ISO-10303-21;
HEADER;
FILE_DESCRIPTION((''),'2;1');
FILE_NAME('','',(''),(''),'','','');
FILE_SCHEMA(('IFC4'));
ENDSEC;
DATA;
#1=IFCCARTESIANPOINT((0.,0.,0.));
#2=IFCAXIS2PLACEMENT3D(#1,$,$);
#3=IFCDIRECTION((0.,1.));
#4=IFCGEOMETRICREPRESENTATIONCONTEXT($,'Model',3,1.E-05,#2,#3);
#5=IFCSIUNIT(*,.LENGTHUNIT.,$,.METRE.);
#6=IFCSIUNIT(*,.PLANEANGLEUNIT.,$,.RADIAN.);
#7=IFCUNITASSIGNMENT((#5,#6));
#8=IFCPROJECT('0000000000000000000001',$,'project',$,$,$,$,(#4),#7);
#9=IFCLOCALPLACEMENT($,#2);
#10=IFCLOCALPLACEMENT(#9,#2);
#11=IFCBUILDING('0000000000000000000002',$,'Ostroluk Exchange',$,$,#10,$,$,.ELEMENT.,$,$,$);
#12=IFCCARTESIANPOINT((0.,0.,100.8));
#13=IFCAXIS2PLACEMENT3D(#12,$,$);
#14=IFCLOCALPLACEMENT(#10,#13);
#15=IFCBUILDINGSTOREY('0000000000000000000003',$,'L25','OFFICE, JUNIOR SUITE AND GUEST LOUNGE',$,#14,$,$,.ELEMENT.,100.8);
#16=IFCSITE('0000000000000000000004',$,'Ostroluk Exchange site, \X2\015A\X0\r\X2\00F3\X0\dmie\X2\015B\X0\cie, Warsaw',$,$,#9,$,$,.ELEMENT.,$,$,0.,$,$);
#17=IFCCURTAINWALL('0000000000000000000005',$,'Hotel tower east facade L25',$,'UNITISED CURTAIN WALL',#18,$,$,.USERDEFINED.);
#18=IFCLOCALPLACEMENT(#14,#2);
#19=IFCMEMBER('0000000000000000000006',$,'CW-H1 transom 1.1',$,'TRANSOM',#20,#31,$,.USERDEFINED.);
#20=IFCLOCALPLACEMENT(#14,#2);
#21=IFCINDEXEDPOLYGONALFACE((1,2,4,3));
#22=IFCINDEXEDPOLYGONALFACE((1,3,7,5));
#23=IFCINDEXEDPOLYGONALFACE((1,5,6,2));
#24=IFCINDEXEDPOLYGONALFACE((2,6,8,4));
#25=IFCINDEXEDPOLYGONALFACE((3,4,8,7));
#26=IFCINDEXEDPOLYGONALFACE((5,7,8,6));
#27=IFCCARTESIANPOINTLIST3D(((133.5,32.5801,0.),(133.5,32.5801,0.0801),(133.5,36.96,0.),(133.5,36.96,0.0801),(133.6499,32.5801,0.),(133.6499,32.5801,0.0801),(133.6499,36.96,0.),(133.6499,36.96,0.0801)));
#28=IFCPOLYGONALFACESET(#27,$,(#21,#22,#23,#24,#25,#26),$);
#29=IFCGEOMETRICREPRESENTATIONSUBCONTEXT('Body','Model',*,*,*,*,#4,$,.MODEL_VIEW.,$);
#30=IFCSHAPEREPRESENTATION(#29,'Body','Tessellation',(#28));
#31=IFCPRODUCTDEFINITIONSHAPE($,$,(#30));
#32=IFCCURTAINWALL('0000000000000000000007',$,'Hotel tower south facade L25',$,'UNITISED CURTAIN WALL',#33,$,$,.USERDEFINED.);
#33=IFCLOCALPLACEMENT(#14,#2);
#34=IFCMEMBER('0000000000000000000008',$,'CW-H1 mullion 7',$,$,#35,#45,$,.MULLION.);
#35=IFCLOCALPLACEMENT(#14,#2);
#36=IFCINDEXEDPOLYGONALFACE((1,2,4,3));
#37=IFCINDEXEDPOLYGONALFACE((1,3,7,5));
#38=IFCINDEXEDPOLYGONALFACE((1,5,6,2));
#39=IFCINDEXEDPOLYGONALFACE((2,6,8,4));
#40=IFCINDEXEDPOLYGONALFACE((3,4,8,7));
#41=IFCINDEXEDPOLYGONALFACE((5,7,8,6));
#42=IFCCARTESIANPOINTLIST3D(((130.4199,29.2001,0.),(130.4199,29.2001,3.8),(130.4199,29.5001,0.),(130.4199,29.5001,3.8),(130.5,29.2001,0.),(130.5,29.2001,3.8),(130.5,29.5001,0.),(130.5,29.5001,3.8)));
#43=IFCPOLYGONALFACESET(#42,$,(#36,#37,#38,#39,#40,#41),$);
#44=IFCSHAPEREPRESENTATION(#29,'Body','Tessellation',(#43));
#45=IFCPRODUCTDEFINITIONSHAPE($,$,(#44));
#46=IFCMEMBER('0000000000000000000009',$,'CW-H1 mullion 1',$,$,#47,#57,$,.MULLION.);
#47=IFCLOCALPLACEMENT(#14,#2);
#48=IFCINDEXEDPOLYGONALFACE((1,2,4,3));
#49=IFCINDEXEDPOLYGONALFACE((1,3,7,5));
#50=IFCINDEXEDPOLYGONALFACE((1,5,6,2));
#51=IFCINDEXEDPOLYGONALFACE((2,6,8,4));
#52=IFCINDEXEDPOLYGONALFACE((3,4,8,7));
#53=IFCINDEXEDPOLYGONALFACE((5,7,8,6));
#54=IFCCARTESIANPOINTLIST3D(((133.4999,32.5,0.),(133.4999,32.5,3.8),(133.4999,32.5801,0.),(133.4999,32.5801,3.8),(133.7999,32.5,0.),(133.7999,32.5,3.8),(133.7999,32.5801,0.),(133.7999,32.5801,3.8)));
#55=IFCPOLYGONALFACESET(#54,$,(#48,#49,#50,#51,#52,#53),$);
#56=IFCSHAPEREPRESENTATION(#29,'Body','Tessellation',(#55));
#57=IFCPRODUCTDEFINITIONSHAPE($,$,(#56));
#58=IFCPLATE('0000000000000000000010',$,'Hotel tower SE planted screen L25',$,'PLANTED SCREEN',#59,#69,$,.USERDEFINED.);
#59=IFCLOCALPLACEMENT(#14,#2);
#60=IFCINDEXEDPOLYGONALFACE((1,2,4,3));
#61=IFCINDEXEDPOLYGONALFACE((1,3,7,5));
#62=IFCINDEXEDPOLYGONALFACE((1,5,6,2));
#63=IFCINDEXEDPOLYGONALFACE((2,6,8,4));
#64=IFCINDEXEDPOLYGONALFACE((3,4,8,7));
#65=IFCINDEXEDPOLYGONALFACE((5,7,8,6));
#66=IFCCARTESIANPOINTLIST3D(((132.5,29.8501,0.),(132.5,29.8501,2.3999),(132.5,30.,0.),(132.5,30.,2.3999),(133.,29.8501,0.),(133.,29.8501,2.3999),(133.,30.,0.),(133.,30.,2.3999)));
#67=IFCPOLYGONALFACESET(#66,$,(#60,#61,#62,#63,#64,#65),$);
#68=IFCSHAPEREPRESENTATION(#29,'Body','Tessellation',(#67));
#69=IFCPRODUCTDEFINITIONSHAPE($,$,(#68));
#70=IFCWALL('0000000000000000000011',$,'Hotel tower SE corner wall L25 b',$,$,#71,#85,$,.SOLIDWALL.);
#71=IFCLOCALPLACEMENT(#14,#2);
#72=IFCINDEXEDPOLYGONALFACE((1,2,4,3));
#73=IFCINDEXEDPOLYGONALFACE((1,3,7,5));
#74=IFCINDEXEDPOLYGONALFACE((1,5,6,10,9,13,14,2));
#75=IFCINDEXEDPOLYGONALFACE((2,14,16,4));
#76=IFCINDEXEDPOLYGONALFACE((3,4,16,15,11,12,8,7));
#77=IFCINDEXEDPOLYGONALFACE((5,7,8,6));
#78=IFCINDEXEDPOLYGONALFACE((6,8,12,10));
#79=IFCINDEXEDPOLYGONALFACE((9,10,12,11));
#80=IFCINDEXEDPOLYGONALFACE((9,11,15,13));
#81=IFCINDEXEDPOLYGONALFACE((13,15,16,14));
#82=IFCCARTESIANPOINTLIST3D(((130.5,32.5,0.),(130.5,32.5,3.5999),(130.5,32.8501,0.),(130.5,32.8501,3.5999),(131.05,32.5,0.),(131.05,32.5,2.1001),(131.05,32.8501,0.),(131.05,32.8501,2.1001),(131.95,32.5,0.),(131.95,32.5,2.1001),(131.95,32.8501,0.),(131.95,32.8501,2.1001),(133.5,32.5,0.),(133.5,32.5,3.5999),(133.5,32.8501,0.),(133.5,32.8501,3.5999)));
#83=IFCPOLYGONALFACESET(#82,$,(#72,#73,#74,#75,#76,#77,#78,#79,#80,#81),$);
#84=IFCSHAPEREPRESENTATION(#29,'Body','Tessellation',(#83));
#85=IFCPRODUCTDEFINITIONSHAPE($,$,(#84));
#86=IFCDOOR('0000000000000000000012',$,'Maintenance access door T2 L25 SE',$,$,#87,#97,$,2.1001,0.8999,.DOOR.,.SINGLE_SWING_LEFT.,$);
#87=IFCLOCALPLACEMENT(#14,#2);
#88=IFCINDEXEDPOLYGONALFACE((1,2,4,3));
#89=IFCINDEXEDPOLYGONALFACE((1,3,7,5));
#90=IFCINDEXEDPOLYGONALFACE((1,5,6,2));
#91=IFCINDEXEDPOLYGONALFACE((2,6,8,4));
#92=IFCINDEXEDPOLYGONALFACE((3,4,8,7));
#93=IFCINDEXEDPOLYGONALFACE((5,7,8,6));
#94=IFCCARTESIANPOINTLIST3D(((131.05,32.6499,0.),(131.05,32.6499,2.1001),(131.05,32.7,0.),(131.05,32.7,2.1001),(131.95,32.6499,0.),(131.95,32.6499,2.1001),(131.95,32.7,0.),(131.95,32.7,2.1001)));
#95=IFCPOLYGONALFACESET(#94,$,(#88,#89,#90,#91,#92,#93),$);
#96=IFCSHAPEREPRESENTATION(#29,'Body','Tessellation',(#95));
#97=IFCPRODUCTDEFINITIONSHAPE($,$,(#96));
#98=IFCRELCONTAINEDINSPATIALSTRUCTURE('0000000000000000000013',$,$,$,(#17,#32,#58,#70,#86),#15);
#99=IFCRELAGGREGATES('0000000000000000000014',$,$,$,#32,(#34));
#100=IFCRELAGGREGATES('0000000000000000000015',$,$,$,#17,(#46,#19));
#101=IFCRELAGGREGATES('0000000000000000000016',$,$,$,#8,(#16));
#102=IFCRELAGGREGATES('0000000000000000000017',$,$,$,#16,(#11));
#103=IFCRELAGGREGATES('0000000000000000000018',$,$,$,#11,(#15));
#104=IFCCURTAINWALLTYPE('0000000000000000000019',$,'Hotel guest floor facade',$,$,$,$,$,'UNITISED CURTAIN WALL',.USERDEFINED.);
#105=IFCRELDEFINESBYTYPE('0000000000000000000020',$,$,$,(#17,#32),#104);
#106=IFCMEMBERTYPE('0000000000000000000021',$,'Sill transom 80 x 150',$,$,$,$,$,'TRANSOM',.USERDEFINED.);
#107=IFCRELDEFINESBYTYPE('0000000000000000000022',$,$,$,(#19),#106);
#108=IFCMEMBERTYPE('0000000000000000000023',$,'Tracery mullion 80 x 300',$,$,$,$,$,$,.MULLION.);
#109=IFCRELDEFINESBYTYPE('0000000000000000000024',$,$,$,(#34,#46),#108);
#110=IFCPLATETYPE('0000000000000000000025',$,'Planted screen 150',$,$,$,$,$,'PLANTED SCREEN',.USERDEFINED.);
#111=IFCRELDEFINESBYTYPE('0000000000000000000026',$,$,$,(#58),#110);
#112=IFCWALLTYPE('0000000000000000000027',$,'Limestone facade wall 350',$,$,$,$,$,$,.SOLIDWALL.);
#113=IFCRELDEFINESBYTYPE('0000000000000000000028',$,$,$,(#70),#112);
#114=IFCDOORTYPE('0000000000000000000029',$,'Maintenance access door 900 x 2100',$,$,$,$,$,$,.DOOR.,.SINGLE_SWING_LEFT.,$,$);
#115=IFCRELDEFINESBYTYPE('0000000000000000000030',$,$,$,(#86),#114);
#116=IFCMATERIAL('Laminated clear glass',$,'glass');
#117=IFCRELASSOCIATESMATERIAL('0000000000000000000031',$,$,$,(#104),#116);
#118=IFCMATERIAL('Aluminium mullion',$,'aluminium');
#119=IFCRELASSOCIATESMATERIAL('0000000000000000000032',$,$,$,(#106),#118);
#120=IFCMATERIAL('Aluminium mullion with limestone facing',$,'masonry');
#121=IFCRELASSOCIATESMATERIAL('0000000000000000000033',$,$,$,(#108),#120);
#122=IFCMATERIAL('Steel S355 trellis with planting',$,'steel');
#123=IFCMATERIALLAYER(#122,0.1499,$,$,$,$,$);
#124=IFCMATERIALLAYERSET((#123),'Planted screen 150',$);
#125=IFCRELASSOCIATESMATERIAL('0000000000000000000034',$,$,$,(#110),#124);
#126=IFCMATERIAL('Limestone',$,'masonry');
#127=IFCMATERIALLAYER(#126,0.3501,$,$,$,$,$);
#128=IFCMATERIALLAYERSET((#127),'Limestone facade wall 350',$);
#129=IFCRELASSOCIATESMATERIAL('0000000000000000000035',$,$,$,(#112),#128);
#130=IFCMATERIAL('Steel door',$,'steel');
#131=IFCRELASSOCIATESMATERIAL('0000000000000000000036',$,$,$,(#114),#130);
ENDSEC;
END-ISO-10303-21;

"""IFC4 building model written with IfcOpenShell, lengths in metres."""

from ifc_helpers import new_model, si_unit, direction, frame, frame_2d, origin, origin_2d, place, context, subcontext, project, spatial, rectangle, extrude, material, layer, layer_set, material_profile, profile_set, type_object, element, fill, aggregate, save


model = new_model("IFC4")

# Units and contexts
model_context = context("Model", 3, precision=1e-05, world=origin(), true_north=direction((0.0, 1.0)))
body_context = subcontext(model_context, "Body", "Model", "MODEL_VIEW")
ifc_project = project(units=[si_unit("LENGTHUNIT", "METRE"), si_unit("PLANEANGLEUNIT", "RADIAN")], contexts=[model_context])

# Site, building, storey
site_placement = place(None, origin())
site = spatial("IfcSite", under=ifc_project, at=site_placement, Name="Ostroluk Exchange site, Śródmieście, Warsaw", CompositionType="ELEMENT", RefElevation=0.0)
building_placement = place(site_placement, origin())
building = spatial("IfcBuilding", under=site, at=building_placement, Name="Ostroluk Exchange", CompositionType="ELEMENT")
storey_placement = place(building_placement, frame((0.0, 0.0, 100.8)))
storey = spatial("IfcBuildingStorey", under=building, at=storey_placement, Name="L25", Description="OFFICE, JUNIOR SUITE AND GUEST LOUNGE", CompositionType="ELEMENT", Elevation=100.8)

# Curtain walls, members
ifc_material_1 = material(Name="Laminated clear glass", Category="glass")
curtain_wall_type = type_object("IfcCurtainWallType", Name="Hotel guest floor facade", ElementType="UNITISED CURTAIN WALL", PredefinedType="USERDEFINED", material=ifc_material_1)
curtain_wall_1_placement = place(storey_placement, origin())
curtain_wall_1 = element("IfcCurtainWall", 1, at=curtain_wall_1_placement, inside=storey, type_object=curtain_wall_type, Name="Hotel tower east facade L25", ObjectType="UNITISED CURTAIN WALL", PredefinedType="USERDEFINED")
ifc_material_2 = material(Name="Aluminium mullion", Category="aluminium")
ifc_material_profile_1 = material_profile(ifc_material_2, rectangle(XDim=0.1499, YDim=0.0801, at=origin_2d()), Name="Sill transom 80 x 150")
ifc_profile_set_1 = profile_set([ifc_material_profile_1], Name="Aluminium mullion")
member_type_1 = type_object("IfcMemberType", Name="Sill transom 80 x 150", ElementType="TRANSOM", PredefinedType="USERDEFINED", material=ifc_profile_set_1)
member_1_placement = place(storey_placement, frame((133.575, 32.5801, 0.04), z_axis=(0.0, 1.0, 0.0), x_axis=(-1.0, 0.0, 0.0)))
member_1 = element("IfcMember", 2, at=member_1_placement, type_object=member_type_1, Name="CW-H1 transom 1.1", ObjectType="TRANSOM", PredefinedType="USERDEFINED", context=body_context, shape_type="SweptSolid", body=[
    extrude(rectangle(XDim=0.1499, YDim=0.0801, at=origin_2d()), origin(), (0.0, 0.0, 1.0), 4.3799),
])
curtain_wall_2_placement = place(storey_placement, origin())
curtain_wall_2 = element("IfcCurtainWall", 3, at=curtain_wall_2_placement, inside=storey, type_object=curtain_wall_type, Name="Hotel tower south facade L25", ObjectType="UNITISED CURTAIN WALL", PredefinedType="USERDEFINED")
ifc_material_3 = material(Name="Aluminium mullion with limestone facing", Category="masonry")
ifc_material_profile_2 = material_profile(ifc_material_3, rectangle(XDim=0.3, YDim=0.0801, at=origin_2d()), Name="Tracery mullion 80 x 300")
ifc_profile_set_2 = profile_set([ifc_material_profile_2], Name="Aluminium mullion with limestone facing")
member_type_2 = type_object("IfcMemberType", Name="Tracery mullion 80 x 300", PredefinedType="MULLION", material=ifc_profile_set_2)
member_2_placement = place(storey_placement, frame((130.46, 29.3501, 0.0), z_axis=(0.0, 0.0, 1.0), x_axis=(0.0, 1.0, 0.0)))
member_2 = element("IfcMember", 4, at=member_2_placement, type_object=member_type_2, Name="CW-H1 mullion 7", PredefinedType="MULLION", context=body_context, shape_type="SweptSolid", body=[
    extrude(rectangle(XDim=0.3, YDim=0.0801, at=origin_2d()), origin(), (0.0, 0.0, 1.0), 3.8),
])
aggregate(curtain_wall_2, [member_2])

# Member
member_3_placement = place(storey_placement, frame((133.6499, 32.54, 0.0), z_axis=(0.0, 0.0, 1.0), x_axis=(-1.0, 0.0, 0.0)))
member_3 = element("IfcMember", 5, at=member_3_placement, type_object=member_type_2, Name="CW-H1 mullion 1", PredefinedType="MULLION", context=body_context, shape_type="SweptSolid", body=[
    extrude(rectangle(XDim=0.3, YDim=0.0801, at=origin_2d()), origin(), (0.0, 0.0, 1.0), 3.8),
])
aggregate(curtain_wall_1, [member_3, member_1])

# Plate
ifc_material_4 = material(Name="Steel S355 trellis with planting", Category="steel")
ifc_layer_1 = layer(ifc_material_4, 0.1499)
ifc_layer_set_1 = layer_set([ifc_layer_1], Name="Planted screen 150")
plate_type = type_object("IfcPlateType", Name="Planted screen 150", ElementType="PLANTED SCREEN", PredefinedType="USERDEFINED", material=ifc_layer_set_1)
plate_placement = place(storey_placement, frame((132.75, 29.925, 0.0), z_axis=(0.0, 0.0, 1.0), x_axis=(1.0, 0.0, 0.0)))
element("IfcPlate", 6, at=plate_placement, inside=storey, type_object=plate_type, Name="Hotel tower SE planted screen L25", ObjectType="PLANTED SCREEN", PredefinedType="USERDEFINED", context=body_context, shape_type="SweptSolid", body=[
    extrude(rectangle(XDim=0.5, YDim=0.1499, at=origin_2d()), origin(), (0.0, 0.0, 1.0), 2.3999),
])

# Wall, opening, door
ifc_material_5 = material(Name="Limestone", Category="masonry")
ifc_layer_2 = layer(ifc_material_5, 0.3501)
ifc_layer_set_2 = layer_set([ifc_layer_2], Name="Limestone facade wall 350")
wall_type = type_object("IfcWallType", Name="Limestone facade wall 350", PredefinedType="SOLIDWALL", material=ifc_layer_set_2)
wall_1_placement = place(storey_placement, frame((130.5, 32.675, 0.0), z_axis=(0.0, 0.0, 1.0), x_axis=(1.0, 0.0, 0.0)))
wall_1 = element("IfcWall", 7, at=wall_1_placement, inside=storey, type_object=wall_type, Name="Hotel tower SE corner wall L25 b", PredefinedType="SOLIDWALL", context=body_context, shape_type="SweptSolid", body=[
    extrude(rectangle(XDim=3.0, YDim=0.3501, at=frame_2d((1.5, 0.0))), origin(), (0.0, 0.0, 1.0), 3.5999),
])
opening_1_placement = place(wall_1_placement, frame((0.55, 0.0, 0.0)))
opening_1 = element("IfcOpeningElement", 8, at=opening_1_placement, cuts=wall_1, PredefinedType="OPENING", context=body_context, shape_type="SweptSolid", body=[
    extrude(rectangle(XDim=0.8999, YDim=2.1001, at=frame_2d((0.45, 1.05))), frame((0.0, 0.1851, 0.0), z_axis=(0.0, -1.0, 0.0), x_axis=(1.0, 0.0, 0.0)), (0.0, 0.0, 1.0), 0.3701),
])
ifc_material_6 = material(Name="Steel door", Category="steel")
door_type_1 = type_object("IfcDoorType", Name="Maintenance access door 900 x 2100", OperationType="SINGLE_SWING_LEFT", PredefinedType="DOOR", material=ifc_material_6)
door_1_placement = place(opening_1_placement, origin())
door_1 = element("IfcDoor", 9, at=door_1_placement, inside=storey, type_object=door_type_1, Name="Maintenance access door T2 L25 SE", OperationType="SINGLE_SWING_LEFT", OverallHeight=2.1001, OverallWidth=0.8999, PredefinedType="DOOR", context=body_context, shape_type="SweptSolid", body=[
    extrude(rectangle(XDim=0.8999, YDim=2.1001, at=frame_2d((0.45, 1.05))), frame((0.0, 0.0249, 0.0), z_axis=(0.0, -1.0, 0.0), x_axis=(1.0, 0.0, 0.0)), (0.0, 0.0, 1.0), 0.05),
])
fill(opening_1, door_1)

save(model, "model.ifc")
